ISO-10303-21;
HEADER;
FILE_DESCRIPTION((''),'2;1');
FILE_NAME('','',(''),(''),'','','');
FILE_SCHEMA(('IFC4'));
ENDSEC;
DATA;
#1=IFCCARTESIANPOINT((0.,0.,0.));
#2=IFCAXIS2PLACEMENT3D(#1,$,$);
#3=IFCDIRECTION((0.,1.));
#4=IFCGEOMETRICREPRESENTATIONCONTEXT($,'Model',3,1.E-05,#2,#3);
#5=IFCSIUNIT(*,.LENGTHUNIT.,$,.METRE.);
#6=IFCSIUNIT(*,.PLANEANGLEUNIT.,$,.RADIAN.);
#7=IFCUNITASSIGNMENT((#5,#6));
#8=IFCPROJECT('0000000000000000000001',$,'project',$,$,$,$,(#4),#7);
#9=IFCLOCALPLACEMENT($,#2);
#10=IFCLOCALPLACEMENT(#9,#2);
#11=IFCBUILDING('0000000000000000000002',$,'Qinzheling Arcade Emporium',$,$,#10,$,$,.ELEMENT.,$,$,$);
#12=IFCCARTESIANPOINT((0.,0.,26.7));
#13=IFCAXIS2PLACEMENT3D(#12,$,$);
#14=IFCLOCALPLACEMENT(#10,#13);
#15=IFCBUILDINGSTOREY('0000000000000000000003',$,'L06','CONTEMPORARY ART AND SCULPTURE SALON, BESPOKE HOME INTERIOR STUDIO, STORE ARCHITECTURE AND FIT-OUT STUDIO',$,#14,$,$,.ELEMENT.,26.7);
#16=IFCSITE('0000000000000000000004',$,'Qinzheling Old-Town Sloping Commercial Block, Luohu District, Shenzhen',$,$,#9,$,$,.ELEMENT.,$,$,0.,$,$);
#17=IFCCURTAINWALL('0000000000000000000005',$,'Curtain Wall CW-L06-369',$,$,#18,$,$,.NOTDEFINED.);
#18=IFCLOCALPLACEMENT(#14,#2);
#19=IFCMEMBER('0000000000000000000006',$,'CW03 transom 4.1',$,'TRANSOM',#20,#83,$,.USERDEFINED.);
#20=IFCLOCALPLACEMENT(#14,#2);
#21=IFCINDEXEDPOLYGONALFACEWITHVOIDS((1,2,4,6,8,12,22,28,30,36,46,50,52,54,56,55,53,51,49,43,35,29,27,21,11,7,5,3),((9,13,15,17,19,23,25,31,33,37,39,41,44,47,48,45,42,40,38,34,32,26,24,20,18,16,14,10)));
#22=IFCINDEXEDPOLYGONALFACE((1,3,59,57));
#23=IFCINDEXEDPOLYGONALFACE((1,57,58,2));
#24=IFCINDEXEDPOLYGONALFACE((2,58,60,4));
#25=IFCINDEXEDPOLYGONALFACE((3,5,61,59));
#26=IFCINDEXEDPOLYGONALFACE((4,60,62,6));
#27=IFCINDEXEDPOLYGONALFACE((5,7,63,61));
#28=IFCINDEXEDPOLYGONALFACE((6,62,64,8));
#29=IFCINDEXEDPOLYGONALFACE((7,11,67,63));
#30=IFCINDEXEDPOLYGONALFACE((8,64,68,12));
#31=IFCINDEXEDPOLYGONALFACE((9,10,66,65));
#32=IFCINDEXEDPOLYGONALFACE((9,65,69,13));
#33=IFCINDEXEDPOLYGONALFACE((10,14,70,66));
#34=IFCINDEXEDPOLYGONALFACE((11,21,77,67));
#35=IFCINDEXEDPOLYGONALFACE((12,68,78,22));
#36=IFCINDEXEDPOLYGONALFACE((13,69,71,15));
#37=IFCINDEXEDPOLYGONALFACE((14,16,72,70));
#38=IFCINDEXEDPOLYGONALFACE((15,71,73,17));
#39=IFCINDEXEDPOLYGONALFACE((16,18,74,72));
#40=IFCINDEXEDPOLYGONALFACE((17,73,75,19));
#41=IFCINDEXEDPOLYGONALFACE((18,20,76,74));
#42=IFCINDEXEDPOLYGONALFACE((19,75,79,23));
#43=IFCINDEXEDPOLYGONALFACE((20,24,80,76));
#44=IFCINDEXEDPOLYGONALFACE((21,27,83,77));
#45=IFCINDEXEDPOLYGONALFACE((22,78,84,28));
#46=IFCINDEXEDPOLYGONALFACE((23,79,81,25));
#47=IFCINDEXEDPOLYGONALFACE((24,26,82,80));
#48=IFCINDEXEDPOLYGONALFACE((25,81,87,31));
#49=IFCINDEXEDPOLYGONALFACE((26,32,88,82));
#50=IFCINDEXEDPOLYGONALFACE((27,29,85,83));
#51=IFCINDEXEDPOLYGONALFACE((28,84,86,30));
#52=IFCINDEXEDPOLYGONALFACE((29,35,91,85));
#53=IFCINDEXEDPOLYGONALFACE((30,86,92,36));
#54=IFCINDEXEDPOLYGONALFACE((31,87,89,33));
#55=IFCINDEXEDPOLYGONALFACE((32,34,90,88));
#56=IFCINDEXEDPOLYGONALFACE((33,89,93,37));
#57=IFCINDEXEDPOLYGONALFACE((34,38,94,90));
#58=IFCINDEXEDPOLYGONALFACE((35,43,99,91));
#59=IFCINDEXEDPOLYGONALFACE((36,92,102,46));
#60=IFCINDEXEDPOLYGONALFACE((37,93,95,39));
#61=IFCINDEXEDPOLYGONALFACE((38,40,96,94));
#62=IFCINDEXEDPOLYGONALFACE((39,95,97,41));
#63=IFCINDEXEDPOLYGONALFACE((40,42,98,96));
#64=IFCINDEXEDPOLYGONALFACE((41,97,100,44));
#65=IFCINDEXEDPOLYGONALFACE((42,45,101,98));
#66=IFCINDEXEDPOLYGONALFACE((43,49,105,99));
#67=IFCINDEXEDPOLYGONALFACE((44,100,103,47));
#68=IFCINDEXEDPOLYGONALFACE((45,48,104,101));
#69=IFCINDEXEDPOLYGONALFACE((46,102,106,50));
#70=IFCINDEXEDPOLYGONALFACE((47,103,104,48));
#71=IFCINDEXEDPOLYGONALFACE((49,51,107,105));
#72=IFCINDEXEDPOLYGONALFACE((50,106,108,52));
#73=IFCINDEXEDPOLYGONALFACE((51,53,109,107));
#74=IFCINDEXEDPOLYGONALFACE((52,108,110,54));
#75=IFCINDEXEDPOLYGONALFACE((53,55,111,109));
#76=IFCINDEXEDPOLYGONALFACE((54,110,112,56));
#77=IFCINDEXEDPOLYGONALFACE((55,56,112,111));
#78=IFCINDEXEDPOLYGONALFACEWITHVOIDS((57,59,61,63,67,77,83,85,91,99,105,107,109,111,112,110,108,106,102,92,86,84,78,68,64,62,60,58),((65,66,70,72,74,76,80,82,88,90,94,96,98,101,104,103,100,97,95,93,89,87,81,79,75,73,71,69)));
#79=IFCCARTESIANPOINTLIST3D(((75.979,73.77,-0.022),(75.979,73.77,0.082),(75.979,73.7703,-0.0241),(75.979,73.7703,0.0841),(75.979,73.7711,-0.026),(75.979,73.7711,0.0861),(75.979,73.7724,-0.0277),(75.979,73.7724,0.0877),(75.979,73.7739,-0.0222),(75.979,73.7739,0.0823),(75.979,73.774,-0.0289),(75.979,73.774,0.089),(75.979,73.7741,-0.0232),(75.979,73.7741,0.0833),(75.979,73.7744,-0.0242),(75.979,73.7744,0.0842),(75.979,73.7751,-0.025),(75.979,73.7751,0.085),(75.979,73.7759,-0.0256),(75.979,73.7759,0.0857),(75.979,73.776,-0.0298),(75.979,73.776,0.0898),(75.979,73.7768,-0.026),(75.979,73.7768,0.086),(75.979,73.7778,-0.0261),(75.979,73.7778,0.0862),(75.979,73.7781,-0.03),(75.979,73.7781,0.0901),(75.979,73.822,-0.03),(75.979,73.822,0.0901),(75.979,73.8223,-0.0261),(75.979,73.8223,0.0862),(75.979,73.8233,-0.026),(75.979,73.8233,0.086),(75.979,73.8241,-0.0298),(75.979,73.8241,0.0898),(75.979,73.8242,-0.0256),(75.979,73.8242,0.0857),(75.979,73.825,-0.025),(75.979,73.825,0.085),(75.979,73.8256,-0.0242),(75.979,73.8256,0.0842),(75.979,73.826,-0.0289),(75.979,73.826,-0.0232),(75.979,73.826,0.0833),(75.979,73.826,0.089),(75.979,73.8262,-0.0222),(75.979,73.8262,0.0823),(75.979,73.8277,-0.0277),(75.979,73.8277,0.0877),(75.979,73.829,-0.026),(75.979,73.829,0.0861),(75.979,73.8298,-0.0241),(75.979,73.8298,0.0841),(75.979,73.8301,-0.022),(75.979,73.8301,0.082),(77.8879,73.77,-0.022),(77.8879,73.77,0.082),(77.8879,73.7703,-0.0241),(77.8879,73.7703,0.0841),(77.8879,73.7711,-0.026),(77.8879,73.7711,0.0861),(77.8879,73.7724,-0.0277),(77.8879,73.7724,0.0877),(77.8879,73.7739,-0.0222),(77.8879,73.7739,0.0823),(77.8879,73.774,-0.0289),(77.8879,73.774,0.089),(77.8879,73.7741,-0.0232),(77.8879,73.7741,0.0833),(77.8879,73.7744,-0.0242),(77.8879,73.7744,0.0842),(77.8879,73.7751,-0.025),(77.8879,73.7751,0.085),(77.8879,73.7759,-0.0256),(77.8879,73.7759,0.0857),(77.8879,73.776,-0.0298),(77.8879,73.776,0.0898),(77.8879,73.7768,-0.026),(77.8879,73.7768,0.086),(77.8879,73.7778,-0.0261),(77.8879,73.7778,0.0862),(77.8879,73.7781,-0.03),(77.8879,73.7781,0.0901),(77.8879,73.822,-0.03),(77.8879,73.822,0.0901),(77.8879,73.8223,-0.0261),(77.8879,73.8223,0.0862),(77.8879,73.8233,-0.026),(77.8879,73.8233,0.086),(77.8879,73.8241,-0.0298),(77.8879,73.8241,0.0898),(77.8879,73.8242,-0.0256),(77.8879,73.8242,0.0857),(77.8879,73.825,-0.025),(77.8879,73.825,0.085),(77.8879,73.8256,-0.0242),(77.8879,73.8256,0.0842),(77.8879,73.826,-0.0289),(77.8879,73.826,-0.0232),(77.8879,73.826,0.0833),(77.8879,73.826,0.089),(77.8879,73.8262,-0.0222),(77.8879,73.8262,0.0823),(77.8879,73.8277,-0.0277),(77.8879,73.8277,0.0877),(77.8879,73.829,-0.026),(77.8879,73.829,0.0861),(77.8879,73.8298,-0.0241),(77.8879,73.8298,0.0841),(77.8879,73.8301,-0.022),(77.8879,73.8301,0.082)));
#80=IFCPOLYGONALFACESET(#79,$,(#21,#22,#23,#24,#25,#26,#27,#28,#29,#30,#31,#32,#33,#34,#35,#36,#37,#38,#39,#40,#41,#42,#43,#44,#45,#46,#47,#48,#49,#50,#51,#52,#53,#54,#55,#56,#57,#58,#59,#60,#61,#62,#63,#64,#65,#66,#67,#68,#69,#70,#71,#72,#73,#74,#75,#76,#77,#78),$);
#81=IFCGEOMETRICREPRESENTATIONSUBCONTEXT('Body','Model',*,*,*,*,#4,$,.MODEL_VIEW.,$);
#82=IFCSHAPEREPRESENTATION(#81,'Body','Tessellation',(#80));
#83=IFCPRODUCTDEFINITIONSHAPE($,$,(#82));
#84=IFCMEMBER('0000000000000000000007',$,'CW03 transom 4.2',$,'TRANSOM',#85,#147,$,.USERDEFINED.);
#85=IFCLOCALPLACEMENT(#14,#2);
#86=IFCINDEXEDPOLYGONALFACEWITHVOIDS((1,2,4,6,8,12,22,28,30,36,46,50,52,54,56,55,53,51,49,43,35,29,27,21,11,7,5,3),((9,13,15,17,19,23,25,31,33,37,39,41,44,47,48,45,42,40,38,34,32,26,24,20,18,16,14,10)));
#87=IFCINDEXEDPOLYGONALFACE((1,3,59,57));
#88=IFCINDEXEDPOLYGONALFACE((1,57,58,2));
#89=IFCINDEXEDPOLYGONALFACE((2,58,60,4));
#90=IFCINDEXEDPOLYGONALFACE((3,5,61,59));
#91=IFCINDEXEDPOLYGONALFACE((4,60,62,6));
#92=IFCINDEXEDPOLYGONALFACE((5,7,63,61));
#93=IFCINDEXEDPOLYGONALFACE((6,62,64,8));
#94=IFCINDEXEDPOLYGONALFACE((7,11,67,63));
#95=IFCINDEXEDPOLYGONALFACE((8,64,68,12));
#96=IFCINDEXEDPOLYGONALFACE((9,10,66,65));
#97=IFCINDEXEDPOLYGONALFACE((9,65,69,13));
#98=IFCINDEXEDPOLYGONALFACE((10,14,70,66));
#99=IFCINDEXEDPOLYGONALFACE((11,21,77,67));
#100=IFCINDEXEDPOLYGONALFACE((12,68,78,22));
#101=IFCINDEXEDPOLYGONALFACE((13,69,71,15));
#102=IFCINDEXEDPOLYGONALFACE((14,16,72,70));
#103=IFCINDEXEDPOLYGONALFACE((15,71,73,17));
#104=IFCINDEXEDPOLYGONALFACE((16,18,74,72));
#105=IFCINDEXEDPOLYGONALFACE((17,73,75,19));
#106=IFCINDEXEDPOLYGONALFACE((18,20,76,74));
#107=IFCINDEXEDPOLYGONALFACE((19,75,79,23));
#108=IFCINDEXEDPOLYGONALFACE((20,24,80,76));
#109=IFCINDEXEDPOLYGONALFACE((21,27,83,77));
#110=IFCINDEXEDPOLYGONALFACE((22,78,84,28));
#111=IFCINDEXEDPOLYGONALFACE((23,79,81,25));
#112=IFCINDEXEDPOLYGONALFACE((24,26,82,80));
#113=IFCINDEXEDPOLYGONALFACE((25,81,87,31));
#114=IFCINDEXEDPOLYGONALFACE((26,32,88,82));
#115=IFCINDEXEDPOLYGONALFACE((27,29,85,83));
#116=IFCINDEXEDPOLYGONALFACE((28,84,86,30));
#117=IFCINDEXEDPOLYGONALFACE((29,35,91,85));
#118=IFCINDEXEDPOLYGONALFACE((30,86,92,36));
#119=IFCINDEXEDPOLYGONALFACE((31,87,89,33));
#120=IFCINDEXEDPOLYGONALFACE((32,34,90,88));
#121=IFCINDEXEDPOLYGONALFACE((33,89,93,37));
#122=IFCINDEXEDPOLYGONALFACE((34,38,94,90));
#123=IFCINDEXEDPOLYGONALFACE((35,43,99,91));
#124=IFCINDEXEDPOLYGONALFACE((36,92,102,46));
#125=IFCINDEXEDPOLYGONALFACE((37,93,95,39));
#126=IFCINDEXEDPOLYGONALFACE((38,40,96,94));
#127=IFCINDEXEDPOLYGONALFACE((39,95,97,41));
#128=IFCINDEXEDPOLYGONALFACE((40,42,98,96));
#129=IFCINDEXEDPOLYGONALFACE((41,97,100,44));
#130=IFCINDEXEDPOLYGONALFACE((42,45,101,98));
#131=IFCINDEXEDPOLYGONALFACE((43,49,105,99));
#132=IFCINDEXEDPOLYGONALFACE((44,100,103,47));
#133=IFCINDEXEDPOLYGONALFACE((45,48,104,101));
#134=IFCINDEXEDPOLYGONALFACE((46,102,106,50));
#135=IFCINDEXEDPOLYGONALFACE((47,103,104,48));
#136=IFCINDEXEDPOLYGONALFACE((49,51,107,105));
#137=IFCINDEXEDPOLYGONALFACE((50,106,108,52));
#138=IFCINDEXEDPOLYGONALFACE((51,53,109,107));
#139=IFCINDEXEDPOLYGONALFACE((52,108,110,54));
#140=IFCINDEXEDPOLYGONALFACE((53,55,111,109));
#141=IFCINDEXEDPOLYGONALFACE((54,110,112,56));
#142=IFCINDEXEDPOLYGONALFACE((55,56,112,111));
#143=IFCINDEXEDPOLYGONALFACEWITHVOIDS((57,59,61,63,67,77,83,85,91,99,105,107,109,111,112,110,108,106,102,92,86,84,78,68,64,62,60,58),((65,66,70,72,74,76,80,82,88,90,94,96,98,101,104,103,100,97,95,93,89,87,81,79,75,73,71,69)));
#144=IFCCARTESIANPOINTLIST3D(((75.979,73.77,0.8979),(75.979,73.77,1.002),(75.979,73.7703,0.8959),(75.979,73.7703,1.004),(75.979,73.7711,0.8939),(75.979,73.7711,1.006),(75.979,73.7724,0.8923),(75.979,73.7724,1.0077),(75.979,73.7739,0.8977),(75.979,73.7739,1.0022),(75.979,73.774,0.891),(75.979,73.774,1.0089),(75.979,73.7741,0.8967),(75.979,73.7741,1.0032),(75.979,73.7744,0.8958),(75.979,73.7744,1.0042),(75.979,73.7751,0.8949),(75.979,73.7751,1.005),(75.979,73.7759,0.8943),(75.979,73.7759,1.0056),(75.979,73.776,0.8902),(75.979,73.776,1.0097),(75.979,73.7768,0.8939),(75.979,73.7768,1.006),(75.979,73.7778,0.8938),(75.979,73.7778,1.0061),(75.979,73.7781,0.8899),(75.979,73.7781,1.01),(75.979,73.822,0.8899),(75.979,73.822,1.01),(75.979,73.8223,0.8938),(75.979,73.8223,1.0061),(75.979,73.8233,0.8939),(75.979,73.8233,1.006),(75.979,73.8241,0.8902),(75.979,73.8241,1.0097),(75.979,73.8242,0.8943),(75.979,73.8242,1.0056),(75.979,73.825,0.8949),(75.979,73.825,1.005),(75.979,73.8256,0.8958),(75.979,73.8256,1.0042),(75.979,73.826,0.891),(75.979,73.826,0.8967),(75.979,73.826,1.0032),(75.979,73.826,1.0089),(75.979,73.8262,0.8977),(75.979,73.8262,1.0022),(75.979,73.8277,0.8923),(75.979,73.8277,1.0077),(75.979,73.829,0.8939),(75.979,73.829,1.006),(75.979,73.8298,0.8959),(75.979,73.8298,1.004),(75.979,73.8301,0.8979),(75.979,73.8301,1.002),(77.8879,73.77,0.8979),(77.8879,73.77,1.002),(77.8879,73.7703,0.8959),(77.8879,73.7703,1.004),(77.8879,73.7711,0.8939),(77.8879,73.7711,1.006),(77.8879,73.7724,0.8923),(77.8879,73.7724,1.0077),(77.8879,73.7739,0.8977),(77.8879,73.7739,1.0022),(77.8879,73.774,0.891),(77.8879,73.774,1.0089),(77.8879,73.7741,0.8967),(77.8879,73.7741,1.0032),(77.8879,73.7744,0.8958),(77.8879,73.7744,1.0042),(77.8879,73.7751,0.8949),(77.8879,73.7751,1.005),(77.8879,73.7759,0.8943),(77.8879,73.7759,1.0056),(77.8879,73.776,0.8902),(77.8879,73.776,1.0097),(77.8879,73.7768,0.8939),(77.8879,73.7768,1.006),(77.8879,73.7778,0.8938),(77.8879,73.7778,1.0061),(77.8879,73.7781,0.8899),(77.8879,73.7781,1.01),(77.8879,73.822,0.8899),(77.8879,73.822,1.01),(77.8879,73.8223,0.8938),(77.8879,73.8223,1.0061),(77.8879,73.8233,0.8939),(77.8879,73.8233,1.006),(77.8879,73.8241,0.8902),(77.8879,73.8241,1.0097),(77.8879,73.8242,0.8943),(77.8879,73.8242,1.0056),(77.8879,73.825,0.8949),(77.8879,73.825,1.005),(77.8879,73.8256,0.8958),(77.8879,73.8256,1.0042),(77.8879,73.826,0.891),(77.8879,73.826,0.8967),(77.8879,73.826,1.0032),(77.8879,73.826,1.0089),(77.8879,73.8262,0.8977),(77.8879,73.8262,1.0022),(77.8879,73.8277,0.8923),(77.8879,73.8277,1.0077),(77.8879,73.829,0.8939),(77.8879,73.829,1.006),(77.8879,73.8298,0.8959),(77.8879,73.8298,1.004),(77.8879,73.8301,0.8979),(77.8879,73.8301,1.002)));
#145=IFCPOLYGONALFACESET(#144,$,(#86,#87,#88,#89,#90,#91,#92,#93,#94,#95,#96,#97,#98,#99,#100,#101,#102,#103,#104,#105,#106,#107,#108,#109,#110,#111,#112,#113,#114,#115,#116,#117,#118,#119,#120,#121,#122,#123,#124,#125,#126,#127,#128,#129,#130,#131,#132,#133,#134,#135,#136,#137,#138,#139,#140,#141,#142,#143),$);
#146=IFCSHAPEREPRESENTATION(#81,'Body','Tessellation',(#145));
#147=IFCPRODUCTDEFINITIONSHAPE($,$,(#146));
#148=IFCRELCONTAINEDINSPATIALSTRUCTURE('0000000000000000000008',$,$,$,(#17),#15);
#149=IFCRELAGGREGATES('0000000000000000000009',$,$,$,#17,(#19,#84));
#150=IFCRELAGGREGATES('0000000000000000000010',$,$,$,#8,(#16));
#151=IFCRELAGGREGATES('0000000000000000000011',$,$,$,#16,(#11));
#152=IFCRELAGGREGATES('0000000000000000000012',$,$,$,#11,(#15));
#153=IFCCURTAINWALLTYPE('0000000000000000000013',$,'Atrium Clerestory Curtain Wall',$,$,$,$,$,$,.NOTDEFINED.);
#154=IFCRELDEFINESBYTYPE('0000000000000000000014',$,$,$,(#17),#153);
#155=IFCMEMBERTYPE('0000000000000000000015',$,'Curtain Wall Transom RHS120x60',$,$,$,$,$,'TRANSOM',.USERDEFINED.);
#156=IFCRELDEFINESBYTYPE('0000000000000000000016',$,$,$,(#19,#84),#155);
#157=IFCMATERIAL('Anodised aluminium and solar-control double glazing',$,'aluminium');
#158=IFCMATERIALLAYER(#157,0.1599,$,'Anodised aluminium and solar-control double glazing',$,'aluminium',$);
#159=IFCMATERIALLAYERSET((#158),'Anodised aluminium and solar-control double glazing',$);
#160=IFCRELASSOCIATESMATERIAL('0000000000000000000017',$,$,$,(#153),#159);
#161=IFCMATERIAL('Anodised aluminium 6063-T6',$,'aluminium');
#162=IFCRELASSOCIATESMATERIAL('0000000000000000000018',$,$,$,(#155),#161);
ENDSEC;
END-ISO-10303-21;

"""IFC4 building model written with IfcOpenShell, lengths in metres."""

from ifc_helpers import new_model, si_unit, direction, frame, origin, origin_2d, place, context, subcontext, project, spatial, hollow_rectangle, extrude, material, layer, layer_set, material_profile, profile_set, type_object, element, aggregate, save


model = new_model("IFC4")

# Units and contexts
model_context = context("Model", 3, precision=1e-05, world=origin(), true_north=direction((0.0, 1.0)))
body_context = subcontext(model_context, "Body", "Model", "MODEL_VIEW")
ifc_project = project(units=[si_unit("LENGTHUNIT", "METRE"), si_unit("PLANEANGLEUNIT", "RADIAN")], contexts=[model_context])

# Site, building, storey
site_placement = place(None, origin())
site = spatial("IfcSite", under=ifc_project, at=site_placement, Name="Qinzheling Old-Town Sloping Commercial Block, Luohu District, Shenzhen", CompositionType="ELEMENT", RefElevation=0.0)
building_placement = place(site_placement, origin())
building = spatial("IfcBuilding", under=site, at=building_placement, Name="Qinzheling Arcade Emporium", CompositionType="ELEMENT")
storey_placement = place(building_placement, frame((0.0, 0.0, 26.7)))
storey = spatial("IfcBuildingStorey", under=building, at=storey_placement, Name="L06", Description="CONTEMPORARY ART AND SCULPTURE SALON, BESPOKE HOME INTERIOR STUDIO, STORE ARCHITECTURE AND FIT-OUT STUDIO", CompositionType="ELEMENT", Elevation=26.7)

# Curtain wall, members
ifc_material_1 = material(Name="Anodised aluminium and solar-control double glazing", Category="aluminium")
ifc_layer_1 = layer(ifc_material_1, 0.1599, Name="Anodised aluminium and solar-control double glazing", Category="aluminium")
ifc_layer_set_1 = layer_set([ifc_layer_1], Name="Anodised aluminium and solar-control double glazing")
curtain_wall_type = type_object("IfcCurtainWallType", Name="Atrium Clerestory Curtain Wall", PredefinedType="NOTDEFINED", material=ifc_layer_set_1)
curtain_wall_placement = place(storey_placement, origin())
curtain_wall = element("IfcCurtainWall", 1, at=curtain_wall_placement, inside=storey, type_object=curtain_wall_type, Name="Curtain Wall CW-L06-369", PredefinedType="NOTDEFINED")
ifc_material_2 = material(Name="Anodised aluminium 6063-T6", Category="aluminium")
ifc_material_profile_1 = material_profile(ifc_material_2, hollow_rectangle(XDim=0.0601, YDim=0.1201, WallThickness=0.0039, InnerFilletRadius=0.0039, OuterFilletRadius=0.0081, at=origin_2d()), Name="RHS 120x60x4", Category="aluminium")
ifc_profile_set_1 = profile_set([ifc_material_profile_1], Name="Anodised aluminium 6063-T6")
member_type_1 = type_object("IfcMemberType", Name="Curtain Wall Transom RHS120x60", ElementType="TRANSOM", PredefinedType="USERDEFINED", material=ifc_profile_set_1)
member_1_placement = place(storey_placement, frame((75.979, 73.8, 0.03), z_axis=(1.0, 0.0, 0.0), x_axis=(0.0, 1.0, 0.0)))
member_1 = element("IfcMember", 2, at=member_1_placement, type_object=member_type_1, Name="CW03 transom 4.1", ObjectType="TRANSOM", PredefinedType="USERDEFINED", context=body_context, shape_type="SweptSolid", body=[
    extrude(hollow_rectangle(XDim=0.0601, YDim=0.1201, WallThickness=0.0039, InnerFilletRadius=0.0039, OuterFilletRadius=0.0081, at=origin_2d()), origin(), (0.0, 0.0, 1.0), 1.9089),
])
member_2_placement = place(storey_placement, frame((75.979, 73.8, 0.95), z_axis=(1.0, 0.0, 0.0), x_axis=(0.0, 1.0, 0.0)))
member_2 = element("IfcMember", 3, at=member_2_placement, type_object=member_type_1, Name="CW03 transom 4.2", ObjectType="TRANSOM", PredefinedType="USERDEFINED", context=body_context, shape_type="SweptSolid", body=[
    extrude(hollow_rectangle(XDim=0.0601, YDim=0.1201, WallThickness=0.0039, InnerFilletRadius=0.0039, OuterFilletRadius=0.0081, at=origin_2d()), origin(), (0.0, 0.0, 1.0), 1.9089),
])
aggregate(curtain_wall, [member_1, member_2])

save(model, "model.ifc")
